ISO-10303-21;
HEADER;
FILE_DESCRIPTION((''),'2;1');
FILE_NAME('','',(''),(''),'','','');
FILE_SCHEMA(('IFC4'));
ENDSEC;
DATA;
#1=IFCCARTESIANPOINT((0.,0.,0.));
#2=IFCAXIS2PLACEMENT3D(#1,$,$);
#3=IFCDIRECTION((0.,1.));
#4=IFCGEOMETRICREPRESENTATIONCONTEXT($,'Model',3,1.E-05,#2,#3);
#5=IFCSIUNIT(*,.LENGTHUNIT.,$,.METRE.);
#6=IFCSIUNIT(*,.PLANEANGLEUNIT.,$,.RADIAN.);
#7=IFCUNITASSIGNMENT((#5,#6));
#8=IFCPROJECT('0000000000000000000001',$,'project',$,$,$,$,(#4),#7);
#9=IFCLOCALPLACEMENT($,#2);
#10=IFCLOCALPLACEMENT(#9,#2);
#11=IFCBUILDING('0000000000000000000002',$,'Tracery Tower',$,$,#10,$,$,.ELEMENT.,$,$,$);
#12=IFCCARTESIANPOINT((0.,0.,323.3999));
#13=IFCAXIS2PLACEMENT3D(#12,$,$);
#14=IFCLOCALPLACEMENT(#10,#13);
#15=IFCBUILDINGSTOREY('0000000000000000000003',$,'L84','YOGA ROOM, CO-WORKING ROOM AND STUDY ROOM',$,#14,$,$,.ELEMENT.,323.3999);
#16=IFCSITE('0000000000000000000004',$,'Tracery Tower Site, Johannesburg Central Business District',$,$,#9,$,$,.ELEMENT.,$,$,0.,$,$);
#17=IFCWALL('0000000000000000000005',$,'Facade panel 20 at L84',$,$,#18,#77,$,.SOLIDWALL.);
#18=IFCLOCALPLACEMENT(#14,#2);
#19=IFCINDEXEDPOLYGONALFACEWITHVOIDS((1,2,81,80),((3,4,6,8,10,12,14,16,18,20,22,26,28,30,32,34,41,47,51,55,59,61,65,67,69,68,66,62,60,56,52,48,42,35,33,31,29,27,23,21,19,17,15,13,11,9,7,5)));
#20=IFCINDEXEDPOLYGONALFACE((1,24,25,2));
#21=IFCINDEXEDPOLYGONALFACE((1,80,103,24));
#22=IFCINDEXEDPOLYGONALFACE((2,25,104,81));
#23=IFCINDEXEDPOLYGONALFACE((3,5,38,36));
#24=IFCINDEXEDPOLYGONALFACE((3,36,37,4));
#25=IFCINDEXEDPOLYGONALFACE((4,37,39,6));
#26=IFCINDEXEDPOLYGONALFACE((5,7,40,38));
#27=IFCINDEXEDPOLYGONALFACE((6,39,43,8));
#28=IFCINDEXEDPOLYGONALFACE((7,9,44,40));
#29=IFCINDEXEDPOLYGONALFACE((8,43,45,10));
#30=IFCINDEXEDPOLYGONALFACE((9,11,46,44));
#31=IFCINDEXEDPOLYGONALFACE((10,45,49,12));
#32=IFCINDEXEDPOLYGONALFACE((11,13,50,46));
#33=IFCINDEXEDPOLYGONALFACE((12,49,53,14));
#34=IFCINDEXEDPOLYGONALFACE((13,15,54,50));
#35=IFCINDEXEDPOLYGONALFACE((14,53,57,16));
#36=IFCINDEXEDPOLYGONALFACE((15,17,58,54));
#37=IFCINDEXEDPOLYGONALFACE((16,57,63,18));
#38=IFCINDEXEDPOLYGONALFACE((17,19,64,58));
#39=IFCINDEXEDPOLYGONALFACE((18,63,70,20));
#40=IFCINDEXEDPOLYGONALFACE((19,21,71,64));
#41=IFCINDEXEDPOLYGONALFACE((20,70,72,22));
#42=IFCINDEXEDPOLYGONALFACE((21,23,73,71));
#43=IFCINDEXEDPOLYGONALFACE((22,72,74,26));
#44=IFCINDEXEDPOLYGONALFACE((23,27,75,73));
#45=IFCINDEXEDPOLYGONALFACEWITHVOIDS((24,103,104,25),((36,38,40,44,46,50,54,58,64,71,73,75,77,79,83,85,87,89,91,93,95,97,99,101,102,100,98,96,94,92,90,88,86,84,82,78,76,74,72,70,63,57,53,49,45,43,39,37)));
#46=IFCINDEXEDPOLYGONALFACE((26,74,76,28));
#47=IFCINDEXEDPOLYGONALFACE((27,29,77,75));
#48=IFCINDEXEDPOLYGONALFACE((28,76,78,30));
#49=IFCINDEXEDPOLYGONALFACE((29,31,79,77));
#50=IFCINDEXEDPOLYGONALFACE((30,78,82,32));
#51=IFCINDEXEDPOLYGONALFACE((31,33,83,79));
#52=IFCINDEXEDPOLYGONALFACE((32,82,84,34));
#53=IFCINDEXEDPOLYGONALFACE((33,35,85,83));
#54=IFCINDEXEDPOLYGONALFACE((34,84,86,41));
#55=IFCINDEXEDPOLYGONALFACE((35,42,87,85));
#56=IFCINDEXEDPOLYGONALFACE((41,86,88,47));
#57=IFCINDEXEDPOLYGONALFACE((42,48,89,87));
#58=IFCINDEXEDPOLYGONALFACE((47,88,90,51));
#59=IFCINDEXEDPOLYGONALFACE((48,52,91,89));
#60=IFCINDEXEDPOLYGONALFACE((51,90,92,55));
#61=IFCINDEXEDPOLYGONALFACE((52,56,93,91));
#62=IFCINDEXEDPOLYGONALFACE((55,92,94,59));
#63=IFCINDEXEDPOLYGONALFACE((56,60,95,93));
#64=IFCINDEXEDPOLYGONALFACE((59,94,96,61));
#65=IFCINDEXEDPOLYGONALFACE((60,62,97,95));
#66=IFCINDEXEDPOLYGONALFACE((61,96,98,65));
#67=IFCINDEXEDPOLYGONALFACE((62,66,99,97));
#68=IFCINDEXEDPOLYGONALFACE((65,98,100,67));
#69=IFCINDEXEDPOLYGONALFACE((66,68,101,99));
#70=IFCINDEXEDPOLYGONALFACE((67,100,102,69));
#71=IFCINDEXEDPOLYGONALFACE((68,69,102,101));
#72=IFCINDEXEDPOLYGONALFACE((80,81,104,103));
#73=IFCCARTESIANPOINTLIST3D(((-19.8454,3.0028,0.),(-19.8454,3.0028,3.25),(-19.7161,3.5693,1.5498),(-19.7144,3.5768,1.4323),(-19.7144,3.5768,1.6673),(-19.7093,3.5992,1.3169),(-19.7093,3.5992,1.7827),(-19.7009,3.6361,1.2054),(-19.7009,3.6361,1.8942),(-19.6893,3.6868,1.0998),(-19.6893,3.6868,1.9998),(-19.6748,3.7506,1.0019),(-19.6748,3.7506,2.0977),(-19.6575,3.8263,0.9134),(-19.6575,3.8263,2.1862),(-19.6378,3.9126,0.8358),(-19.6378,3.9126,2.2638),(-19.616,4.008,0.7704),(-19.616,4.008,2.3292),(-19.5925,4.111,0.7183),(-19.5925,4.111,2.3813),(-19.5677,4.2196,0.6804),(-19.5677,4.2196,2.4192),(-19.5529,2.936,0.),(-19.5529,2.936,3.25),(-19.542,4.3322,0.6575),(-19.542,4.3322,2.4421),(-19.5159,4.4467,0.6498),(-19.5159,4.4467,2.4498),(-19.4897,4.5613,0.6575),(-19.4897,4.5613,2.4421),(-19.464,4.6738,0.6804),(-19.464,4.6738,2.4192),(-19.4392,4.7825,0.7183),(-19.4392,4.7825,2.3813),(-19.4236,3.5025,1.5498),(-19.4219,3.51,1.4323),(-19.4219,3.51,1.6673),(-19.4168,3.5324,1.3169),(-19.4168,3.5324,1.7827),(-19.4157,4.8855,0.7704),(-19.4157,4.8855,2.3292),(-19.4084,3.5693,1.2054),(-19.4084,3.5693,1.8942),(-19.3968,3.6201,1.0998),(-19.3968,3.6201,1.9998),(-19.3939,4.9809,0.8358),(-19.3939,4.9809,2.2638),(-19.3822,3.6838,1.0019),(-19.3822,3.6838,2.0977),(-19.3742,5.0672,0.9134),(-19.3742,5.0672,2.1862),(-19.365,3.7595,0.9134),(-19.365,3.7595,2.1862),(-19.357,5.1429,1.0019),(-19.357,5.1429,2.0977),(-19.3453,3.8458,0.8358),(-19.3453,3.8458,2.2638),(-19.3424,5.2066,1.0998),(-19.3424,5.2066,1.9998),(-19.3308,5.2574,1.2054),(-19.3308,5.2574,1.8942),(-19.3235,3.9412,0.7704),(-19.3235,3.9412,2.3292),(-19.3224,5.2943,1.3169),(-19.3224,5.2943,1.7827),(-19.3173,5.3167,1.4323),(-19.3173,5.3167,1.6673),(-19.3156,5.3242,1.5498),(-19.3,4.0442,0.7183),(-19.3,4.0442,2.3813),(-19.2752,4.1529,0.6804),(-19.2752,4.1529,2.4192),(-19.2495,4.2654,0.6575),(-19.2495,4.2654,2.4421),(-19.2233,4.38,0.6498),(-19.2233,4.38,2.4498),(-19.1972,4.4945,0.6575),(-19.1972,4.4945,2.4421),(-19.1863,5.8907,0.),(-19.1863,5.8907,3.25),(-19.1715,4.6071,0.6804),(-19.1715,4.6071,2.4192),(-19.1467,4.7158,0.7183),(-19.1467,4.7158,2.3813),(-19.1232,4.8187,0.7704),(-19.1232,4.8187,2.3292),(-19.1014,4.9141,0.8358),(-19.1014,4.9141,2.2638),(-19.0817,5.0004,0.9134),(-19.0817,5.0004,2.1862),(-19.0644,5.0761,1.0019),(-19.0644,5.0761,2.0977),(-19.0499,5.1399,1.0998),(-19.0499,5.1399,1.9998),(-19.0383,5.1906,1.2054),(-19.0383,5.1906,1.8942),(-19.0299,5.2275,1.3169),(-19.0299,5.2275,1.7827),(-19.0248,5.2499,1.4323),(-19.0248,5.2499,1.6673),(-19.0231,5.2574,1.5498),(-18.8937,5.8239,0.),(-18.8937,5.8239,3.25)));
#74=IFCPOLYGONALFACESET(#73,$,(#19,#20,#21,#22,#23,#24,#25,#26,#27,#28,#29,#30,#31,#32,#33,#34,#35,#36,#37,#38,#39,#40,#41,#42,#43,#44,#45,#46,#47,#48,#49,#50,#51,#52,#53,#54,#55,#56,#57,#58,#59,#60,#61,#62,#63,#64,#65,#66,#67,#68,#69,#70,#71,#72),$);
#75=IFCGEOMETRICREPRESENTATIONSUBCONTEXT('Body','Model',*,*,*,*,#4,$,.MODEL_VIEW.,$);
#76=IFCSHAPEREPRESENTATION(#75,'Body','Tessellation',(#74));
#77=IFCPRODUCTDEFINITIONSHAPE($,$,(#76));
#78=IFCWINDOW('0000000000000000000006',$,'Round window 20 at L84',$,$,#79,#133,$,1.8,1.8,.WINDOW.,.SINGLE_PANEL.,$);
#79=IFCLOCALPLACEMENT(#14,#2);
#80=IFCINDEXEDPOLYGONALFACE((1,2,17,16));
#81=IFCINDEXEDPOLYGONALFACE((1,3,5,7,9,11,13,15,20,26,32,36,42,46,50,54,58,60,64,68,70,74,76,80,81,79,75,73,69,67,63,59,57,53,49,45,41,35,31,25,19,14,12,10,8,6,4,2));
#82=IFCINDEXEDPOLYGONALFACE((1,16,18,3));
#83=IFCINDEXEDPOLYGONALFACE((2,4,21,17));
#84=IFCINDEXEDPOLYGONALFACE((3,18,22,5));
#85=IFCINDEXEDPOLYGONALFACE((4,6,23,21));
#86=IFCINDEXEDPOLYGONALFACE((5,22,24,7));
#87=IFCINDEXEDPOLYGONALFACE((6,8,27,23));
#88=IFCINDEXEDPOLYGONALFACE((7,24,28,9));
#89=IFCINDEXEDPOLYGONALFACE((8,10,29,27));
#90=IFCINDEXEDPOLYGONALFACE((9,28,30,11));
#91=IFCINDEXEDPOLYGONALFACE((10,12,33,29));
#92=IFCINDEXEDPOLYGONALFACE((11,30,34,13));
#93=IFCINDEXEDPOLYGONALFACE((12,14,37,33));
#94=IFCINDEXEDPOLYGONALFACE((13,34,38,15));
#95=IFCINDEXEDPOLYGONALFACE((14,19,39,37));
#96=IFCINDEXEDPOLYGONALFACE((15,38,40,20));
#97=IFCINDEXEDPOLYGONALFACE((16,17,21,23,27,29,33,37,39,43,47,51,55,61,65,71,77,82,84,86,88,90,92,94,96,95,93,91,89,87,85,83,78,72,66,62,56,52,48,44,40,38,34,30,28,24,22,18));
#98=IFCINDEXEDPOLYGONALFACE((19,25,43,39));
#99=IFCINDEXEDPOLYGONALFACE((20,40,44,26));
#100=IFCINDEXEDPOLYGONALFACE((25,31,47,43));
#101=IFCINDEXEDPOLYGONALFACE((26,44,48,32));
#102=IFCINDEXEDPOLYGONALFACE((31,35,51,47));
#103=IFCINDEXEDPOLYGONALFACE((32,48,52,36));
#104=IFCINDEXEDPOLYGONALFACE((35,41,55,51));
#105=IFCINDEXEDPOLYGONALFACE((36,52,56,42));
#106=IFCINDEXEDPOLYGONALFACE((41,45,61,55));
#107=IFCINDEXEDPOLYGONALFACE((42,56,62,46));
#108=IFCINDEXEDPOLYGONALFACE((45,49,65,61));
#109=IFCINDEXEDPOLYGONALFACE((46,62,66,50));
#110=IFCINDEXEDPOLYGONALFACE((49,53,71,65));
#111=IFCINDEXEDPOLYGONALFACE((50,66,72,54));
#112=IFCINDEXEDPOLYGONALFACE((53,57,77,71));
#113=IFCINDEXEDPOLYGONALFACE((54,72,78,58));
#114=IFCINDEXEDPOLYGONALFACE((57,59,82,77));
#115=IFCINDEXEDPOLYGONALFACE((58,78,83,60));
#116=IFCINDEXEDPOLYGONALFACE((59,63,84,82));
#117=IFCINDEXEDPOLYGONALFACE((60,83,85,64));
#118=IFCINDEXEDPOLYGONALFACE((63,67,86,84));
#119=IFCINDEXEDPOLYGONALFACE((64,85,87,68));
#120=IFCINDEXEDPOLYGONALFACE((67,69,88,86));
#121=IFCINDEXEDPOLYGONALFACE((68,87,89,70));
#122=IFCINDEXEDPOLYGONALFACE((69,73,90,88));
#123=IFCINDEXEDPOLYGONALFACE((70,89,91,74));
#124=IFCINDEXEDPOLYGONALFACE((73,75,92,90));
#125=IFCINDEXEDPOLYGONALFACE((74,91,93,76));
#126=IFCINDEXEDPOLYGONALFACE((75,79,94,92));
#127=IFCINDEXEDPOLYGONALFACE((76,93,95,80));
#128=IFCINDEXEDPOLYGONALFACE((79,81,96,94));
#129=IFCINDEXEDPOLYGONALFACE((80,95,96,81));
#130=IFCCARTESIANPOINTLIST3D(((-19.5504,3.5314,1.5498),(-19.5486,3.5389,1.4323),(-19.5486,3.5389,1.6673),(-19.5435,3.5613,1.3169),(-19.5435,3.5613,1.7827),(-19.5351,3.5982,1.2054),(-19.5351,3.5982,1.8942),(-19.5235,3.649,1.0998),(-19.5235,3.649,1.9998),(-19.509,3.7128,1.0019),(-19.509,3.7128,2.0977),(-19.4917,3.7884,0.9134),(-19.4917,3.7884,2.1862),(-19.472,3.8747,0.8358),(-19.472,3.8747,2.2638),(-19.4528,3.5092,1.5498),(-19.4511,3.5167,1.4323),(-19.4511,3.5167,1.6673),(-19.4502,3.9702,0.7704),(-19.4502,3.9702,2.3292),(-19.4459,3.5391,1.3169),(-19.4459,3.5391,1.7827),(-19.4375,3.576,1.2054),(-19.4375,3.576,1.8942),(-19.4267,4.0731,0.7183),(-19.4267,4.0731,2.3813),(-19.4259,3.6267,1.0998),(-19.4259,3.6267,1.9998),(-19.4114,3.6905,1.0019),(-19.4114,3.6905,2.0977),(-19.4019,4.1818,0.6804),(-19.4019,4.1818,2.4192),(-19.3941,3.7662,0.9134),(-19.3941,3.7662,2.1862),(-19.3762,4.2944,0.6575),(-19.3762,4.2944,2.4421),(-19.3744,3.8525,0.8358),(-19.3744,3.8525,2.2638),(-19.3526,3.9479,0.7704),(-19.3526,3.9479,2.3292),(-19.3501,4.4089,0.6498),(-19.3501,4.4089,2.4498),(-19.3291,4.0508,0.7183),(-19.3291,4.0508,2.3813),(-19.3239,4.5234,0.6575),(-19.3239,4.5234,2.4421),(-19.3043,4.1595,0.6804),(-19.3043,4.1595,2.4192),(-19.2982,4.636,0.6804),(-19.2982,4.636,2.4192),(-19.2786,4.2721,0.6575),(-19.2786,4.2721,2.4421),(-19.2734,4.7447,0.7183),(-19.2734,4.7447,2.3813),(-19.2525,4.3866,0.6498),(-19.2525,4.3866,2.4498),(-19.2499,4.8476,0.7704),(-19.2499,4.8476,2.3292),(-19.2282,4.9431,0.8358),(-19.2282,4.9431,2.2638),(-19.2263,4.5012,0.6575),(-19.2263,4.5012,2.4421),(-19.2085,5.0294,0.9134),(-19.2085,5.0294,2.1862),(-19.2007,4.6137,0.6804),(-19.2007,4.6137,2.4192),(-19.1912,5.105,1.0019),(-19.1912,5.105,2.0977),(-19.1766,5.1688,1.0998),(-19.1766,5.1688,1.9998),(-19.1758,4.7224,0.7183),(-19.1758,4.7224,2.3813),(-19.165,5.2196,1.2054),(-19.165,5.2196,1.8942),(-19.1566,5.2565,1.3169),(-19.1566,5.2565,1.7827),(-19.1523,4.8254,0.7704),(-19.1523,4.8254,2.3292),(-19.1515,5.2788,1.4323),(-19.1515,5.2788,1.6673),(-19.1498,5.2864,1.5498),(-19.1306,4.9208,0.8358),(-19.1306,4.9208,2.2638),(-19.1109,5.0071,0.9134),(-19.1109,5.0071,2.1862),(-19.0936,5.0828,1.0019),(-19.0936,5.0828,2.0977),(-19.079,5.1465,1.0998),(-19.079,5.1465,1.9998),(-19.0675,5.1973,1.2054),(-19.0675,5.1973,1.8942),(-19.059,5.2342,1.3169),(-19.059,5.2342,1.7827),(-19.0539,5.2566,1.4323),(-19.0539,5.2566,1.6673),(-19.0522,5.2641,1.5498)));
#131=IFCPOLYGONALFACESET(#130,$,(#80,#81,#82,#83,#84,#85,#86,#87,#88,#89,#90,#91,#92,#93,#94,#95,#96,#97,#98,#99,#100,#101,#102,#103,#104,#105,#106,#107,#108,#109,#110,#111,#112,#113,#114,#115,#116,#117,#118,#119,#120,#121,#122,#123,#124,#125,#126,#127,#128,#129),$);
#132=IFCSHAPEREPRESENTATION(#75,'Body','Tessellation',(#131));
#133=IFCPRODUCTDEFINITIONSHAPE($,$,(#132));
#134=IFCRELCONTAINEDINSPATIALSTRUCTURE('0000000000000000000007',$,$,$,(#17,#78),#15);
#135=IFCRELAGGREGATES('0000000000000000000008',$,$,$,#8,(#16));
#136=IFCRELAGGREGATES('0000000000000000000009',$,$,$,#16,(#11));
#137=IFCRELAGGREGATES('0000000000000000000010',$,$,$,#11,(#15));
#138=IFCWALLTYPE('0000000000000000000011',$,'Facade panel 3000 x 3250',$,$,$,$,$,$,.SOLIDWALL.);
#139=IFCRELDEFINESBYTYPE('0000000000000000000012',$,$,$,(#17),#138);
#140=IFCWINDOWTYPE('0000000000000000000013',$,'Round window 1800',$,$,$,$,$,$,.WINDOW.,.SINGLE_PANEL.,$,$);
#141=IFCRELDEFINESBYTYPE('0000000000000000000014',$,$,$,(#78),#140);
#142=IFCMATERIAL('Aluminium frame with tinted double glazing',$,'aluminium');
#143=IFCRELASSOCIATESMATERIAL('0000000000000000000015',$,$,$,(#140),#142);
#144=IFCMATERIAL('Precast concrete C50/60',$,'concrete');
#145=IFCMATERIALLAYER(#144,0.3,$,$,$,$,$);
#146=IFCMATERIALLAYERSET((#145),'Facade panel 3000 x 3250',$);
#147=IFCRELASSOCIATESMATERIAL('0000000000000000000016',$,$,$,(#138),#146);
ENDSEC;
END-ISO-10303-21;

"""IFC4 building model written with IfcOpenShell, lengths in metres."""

from ifc_helpers import new_model, si_unit, direction, frame, frame_2d, origin, origin_2d, place, context, subcontext, project, spatial, rectangle, circle, extrude, material, layer, layer_set, type_object, element, fill, save


model = new_model("IFC4")

# Units and contexts
model_context = context("Model", 3, precision=1e-05, world=origin(), true_north=direction((0.0, 1.0)))
body_context = subcontext(model_context, "Body", "Model", "MODEL_VIEW")
ifc_project = project(units=[si_unit("LENGTHUNIT", "METRE"), si_unit("PLANEANGLEUNIT", "RADIAN")], contexts=[model_context])

# Site, building, storey
site_placement = place(None, origin())
site = spatial("IfcSite", under=ifc_project, at=site_placement, Name="Tracery Tower Site, Johannesburg Central Business District", CompositionType="ELEMENT", RefElevation=0.0)
building_placement = place(site_placement, origin())
building = spatial("IfcBuilding", under=site, at=building_placement, Name="Tracery Tower", CompositionType="ELEMENT")
storey_placement = place(building_placement, frame((0.0, 0.0, 323.3999)))
storey = spatial("IfcBuildingStorey", under=building, at=storey_placement, Name="L84", Description="YOGA ROOM, CO-WORKING ROOM AND STUDY ROOM", CompositionType="ELEMENT", Elevation=323.3999)

# Wall, opening, window
ifc_material_1 = material(Name="Aluminium frame with tinted double glazing", Category="aluminium")
window_type = type_object("IfcWindowType", Name="Round window 1800", PartitioningType="SINGLE_PANEL", PredefinedType="WINDOW", material=ifc_material_1)
ifc_material_2 = material(Name="Precast concrete C50/60", Category="concrete")
ifc_layer_1 = layer(ifc_material_2, 0.3)
ifc_layer_set_1 = layer_set([ifc_layer_1], Name="Facade panel 3000 x 3250")
wall_type_1 = type_object("IfcWallType", Name="Facade panel 3000 x 3250", PredefinedType="SOLIDWALL", material=ifc_layer_set_1)
wall_1_placement = place(storey_placement, frame((-19.04, 5.8572, 0.0), z_axis=(0.0, 0.0, 1.0), x_axis=(-0.222529, -0.974926, 0.0)))
wall_1 = element("IfcWall", 1, at=wall_1_placement, inside=storey, type_object=wall_type_1, Name="Facade panel 20 at L84", PredefinedType="SOLIDWALL", context=body_context, shape_type="SweptSolid", body=[
    extrude(rectangle(XDim=2.9622, YDim=0.3, at=frame_2d((1.481, 0.0))), origin(), (0.0, 0.0, 1.0), 3.25),
])
opening_1_placement = place(wall_1_placement, frame((1.481, 0.0, 1.5498)))
opening_1 = element("IfcOpeningElement", 2, at=opening_1_placement, cuts=wall_1, PredefinedType="OPENING", context=body_context, shape_type="SweptSolid", body=[
    extrude(circle(Radius=0.9, at=origin_2d()), frame((0.0, 0.1599, 0.0), z_axis=(0.0, -1.0, 0.0), x_axis=(1.0, 0.0, 0.0)), (0.0, 0.0, 1.0), 0.3201),
])
window_1_placement = place(opening_1_placement, origin())
window_1 = element("IfcWindow", 3, at=window_1_placement, inside=storey, type_object=window_type, Name="Round window 20 at L84", OverallHeight=1.8, OverallWidth=1.8, PartitioningType="SINGLE_PANEL", PredefinedType="WINDOW", context=body_context, shape_type="SweptSolid", body=[
    extrude(circle(Radius=0.9, at=origin_2d()), frame((0.0, 0.1201, 0.0), z_axis=(0.0, -1.0, 0.0), x_axis=(1.0, 0.0, 0.0)), (0.0, 0.0, 1.0), 0.1001),
])
fill(opening_1, window_1)

save(model, "model.ifc")
